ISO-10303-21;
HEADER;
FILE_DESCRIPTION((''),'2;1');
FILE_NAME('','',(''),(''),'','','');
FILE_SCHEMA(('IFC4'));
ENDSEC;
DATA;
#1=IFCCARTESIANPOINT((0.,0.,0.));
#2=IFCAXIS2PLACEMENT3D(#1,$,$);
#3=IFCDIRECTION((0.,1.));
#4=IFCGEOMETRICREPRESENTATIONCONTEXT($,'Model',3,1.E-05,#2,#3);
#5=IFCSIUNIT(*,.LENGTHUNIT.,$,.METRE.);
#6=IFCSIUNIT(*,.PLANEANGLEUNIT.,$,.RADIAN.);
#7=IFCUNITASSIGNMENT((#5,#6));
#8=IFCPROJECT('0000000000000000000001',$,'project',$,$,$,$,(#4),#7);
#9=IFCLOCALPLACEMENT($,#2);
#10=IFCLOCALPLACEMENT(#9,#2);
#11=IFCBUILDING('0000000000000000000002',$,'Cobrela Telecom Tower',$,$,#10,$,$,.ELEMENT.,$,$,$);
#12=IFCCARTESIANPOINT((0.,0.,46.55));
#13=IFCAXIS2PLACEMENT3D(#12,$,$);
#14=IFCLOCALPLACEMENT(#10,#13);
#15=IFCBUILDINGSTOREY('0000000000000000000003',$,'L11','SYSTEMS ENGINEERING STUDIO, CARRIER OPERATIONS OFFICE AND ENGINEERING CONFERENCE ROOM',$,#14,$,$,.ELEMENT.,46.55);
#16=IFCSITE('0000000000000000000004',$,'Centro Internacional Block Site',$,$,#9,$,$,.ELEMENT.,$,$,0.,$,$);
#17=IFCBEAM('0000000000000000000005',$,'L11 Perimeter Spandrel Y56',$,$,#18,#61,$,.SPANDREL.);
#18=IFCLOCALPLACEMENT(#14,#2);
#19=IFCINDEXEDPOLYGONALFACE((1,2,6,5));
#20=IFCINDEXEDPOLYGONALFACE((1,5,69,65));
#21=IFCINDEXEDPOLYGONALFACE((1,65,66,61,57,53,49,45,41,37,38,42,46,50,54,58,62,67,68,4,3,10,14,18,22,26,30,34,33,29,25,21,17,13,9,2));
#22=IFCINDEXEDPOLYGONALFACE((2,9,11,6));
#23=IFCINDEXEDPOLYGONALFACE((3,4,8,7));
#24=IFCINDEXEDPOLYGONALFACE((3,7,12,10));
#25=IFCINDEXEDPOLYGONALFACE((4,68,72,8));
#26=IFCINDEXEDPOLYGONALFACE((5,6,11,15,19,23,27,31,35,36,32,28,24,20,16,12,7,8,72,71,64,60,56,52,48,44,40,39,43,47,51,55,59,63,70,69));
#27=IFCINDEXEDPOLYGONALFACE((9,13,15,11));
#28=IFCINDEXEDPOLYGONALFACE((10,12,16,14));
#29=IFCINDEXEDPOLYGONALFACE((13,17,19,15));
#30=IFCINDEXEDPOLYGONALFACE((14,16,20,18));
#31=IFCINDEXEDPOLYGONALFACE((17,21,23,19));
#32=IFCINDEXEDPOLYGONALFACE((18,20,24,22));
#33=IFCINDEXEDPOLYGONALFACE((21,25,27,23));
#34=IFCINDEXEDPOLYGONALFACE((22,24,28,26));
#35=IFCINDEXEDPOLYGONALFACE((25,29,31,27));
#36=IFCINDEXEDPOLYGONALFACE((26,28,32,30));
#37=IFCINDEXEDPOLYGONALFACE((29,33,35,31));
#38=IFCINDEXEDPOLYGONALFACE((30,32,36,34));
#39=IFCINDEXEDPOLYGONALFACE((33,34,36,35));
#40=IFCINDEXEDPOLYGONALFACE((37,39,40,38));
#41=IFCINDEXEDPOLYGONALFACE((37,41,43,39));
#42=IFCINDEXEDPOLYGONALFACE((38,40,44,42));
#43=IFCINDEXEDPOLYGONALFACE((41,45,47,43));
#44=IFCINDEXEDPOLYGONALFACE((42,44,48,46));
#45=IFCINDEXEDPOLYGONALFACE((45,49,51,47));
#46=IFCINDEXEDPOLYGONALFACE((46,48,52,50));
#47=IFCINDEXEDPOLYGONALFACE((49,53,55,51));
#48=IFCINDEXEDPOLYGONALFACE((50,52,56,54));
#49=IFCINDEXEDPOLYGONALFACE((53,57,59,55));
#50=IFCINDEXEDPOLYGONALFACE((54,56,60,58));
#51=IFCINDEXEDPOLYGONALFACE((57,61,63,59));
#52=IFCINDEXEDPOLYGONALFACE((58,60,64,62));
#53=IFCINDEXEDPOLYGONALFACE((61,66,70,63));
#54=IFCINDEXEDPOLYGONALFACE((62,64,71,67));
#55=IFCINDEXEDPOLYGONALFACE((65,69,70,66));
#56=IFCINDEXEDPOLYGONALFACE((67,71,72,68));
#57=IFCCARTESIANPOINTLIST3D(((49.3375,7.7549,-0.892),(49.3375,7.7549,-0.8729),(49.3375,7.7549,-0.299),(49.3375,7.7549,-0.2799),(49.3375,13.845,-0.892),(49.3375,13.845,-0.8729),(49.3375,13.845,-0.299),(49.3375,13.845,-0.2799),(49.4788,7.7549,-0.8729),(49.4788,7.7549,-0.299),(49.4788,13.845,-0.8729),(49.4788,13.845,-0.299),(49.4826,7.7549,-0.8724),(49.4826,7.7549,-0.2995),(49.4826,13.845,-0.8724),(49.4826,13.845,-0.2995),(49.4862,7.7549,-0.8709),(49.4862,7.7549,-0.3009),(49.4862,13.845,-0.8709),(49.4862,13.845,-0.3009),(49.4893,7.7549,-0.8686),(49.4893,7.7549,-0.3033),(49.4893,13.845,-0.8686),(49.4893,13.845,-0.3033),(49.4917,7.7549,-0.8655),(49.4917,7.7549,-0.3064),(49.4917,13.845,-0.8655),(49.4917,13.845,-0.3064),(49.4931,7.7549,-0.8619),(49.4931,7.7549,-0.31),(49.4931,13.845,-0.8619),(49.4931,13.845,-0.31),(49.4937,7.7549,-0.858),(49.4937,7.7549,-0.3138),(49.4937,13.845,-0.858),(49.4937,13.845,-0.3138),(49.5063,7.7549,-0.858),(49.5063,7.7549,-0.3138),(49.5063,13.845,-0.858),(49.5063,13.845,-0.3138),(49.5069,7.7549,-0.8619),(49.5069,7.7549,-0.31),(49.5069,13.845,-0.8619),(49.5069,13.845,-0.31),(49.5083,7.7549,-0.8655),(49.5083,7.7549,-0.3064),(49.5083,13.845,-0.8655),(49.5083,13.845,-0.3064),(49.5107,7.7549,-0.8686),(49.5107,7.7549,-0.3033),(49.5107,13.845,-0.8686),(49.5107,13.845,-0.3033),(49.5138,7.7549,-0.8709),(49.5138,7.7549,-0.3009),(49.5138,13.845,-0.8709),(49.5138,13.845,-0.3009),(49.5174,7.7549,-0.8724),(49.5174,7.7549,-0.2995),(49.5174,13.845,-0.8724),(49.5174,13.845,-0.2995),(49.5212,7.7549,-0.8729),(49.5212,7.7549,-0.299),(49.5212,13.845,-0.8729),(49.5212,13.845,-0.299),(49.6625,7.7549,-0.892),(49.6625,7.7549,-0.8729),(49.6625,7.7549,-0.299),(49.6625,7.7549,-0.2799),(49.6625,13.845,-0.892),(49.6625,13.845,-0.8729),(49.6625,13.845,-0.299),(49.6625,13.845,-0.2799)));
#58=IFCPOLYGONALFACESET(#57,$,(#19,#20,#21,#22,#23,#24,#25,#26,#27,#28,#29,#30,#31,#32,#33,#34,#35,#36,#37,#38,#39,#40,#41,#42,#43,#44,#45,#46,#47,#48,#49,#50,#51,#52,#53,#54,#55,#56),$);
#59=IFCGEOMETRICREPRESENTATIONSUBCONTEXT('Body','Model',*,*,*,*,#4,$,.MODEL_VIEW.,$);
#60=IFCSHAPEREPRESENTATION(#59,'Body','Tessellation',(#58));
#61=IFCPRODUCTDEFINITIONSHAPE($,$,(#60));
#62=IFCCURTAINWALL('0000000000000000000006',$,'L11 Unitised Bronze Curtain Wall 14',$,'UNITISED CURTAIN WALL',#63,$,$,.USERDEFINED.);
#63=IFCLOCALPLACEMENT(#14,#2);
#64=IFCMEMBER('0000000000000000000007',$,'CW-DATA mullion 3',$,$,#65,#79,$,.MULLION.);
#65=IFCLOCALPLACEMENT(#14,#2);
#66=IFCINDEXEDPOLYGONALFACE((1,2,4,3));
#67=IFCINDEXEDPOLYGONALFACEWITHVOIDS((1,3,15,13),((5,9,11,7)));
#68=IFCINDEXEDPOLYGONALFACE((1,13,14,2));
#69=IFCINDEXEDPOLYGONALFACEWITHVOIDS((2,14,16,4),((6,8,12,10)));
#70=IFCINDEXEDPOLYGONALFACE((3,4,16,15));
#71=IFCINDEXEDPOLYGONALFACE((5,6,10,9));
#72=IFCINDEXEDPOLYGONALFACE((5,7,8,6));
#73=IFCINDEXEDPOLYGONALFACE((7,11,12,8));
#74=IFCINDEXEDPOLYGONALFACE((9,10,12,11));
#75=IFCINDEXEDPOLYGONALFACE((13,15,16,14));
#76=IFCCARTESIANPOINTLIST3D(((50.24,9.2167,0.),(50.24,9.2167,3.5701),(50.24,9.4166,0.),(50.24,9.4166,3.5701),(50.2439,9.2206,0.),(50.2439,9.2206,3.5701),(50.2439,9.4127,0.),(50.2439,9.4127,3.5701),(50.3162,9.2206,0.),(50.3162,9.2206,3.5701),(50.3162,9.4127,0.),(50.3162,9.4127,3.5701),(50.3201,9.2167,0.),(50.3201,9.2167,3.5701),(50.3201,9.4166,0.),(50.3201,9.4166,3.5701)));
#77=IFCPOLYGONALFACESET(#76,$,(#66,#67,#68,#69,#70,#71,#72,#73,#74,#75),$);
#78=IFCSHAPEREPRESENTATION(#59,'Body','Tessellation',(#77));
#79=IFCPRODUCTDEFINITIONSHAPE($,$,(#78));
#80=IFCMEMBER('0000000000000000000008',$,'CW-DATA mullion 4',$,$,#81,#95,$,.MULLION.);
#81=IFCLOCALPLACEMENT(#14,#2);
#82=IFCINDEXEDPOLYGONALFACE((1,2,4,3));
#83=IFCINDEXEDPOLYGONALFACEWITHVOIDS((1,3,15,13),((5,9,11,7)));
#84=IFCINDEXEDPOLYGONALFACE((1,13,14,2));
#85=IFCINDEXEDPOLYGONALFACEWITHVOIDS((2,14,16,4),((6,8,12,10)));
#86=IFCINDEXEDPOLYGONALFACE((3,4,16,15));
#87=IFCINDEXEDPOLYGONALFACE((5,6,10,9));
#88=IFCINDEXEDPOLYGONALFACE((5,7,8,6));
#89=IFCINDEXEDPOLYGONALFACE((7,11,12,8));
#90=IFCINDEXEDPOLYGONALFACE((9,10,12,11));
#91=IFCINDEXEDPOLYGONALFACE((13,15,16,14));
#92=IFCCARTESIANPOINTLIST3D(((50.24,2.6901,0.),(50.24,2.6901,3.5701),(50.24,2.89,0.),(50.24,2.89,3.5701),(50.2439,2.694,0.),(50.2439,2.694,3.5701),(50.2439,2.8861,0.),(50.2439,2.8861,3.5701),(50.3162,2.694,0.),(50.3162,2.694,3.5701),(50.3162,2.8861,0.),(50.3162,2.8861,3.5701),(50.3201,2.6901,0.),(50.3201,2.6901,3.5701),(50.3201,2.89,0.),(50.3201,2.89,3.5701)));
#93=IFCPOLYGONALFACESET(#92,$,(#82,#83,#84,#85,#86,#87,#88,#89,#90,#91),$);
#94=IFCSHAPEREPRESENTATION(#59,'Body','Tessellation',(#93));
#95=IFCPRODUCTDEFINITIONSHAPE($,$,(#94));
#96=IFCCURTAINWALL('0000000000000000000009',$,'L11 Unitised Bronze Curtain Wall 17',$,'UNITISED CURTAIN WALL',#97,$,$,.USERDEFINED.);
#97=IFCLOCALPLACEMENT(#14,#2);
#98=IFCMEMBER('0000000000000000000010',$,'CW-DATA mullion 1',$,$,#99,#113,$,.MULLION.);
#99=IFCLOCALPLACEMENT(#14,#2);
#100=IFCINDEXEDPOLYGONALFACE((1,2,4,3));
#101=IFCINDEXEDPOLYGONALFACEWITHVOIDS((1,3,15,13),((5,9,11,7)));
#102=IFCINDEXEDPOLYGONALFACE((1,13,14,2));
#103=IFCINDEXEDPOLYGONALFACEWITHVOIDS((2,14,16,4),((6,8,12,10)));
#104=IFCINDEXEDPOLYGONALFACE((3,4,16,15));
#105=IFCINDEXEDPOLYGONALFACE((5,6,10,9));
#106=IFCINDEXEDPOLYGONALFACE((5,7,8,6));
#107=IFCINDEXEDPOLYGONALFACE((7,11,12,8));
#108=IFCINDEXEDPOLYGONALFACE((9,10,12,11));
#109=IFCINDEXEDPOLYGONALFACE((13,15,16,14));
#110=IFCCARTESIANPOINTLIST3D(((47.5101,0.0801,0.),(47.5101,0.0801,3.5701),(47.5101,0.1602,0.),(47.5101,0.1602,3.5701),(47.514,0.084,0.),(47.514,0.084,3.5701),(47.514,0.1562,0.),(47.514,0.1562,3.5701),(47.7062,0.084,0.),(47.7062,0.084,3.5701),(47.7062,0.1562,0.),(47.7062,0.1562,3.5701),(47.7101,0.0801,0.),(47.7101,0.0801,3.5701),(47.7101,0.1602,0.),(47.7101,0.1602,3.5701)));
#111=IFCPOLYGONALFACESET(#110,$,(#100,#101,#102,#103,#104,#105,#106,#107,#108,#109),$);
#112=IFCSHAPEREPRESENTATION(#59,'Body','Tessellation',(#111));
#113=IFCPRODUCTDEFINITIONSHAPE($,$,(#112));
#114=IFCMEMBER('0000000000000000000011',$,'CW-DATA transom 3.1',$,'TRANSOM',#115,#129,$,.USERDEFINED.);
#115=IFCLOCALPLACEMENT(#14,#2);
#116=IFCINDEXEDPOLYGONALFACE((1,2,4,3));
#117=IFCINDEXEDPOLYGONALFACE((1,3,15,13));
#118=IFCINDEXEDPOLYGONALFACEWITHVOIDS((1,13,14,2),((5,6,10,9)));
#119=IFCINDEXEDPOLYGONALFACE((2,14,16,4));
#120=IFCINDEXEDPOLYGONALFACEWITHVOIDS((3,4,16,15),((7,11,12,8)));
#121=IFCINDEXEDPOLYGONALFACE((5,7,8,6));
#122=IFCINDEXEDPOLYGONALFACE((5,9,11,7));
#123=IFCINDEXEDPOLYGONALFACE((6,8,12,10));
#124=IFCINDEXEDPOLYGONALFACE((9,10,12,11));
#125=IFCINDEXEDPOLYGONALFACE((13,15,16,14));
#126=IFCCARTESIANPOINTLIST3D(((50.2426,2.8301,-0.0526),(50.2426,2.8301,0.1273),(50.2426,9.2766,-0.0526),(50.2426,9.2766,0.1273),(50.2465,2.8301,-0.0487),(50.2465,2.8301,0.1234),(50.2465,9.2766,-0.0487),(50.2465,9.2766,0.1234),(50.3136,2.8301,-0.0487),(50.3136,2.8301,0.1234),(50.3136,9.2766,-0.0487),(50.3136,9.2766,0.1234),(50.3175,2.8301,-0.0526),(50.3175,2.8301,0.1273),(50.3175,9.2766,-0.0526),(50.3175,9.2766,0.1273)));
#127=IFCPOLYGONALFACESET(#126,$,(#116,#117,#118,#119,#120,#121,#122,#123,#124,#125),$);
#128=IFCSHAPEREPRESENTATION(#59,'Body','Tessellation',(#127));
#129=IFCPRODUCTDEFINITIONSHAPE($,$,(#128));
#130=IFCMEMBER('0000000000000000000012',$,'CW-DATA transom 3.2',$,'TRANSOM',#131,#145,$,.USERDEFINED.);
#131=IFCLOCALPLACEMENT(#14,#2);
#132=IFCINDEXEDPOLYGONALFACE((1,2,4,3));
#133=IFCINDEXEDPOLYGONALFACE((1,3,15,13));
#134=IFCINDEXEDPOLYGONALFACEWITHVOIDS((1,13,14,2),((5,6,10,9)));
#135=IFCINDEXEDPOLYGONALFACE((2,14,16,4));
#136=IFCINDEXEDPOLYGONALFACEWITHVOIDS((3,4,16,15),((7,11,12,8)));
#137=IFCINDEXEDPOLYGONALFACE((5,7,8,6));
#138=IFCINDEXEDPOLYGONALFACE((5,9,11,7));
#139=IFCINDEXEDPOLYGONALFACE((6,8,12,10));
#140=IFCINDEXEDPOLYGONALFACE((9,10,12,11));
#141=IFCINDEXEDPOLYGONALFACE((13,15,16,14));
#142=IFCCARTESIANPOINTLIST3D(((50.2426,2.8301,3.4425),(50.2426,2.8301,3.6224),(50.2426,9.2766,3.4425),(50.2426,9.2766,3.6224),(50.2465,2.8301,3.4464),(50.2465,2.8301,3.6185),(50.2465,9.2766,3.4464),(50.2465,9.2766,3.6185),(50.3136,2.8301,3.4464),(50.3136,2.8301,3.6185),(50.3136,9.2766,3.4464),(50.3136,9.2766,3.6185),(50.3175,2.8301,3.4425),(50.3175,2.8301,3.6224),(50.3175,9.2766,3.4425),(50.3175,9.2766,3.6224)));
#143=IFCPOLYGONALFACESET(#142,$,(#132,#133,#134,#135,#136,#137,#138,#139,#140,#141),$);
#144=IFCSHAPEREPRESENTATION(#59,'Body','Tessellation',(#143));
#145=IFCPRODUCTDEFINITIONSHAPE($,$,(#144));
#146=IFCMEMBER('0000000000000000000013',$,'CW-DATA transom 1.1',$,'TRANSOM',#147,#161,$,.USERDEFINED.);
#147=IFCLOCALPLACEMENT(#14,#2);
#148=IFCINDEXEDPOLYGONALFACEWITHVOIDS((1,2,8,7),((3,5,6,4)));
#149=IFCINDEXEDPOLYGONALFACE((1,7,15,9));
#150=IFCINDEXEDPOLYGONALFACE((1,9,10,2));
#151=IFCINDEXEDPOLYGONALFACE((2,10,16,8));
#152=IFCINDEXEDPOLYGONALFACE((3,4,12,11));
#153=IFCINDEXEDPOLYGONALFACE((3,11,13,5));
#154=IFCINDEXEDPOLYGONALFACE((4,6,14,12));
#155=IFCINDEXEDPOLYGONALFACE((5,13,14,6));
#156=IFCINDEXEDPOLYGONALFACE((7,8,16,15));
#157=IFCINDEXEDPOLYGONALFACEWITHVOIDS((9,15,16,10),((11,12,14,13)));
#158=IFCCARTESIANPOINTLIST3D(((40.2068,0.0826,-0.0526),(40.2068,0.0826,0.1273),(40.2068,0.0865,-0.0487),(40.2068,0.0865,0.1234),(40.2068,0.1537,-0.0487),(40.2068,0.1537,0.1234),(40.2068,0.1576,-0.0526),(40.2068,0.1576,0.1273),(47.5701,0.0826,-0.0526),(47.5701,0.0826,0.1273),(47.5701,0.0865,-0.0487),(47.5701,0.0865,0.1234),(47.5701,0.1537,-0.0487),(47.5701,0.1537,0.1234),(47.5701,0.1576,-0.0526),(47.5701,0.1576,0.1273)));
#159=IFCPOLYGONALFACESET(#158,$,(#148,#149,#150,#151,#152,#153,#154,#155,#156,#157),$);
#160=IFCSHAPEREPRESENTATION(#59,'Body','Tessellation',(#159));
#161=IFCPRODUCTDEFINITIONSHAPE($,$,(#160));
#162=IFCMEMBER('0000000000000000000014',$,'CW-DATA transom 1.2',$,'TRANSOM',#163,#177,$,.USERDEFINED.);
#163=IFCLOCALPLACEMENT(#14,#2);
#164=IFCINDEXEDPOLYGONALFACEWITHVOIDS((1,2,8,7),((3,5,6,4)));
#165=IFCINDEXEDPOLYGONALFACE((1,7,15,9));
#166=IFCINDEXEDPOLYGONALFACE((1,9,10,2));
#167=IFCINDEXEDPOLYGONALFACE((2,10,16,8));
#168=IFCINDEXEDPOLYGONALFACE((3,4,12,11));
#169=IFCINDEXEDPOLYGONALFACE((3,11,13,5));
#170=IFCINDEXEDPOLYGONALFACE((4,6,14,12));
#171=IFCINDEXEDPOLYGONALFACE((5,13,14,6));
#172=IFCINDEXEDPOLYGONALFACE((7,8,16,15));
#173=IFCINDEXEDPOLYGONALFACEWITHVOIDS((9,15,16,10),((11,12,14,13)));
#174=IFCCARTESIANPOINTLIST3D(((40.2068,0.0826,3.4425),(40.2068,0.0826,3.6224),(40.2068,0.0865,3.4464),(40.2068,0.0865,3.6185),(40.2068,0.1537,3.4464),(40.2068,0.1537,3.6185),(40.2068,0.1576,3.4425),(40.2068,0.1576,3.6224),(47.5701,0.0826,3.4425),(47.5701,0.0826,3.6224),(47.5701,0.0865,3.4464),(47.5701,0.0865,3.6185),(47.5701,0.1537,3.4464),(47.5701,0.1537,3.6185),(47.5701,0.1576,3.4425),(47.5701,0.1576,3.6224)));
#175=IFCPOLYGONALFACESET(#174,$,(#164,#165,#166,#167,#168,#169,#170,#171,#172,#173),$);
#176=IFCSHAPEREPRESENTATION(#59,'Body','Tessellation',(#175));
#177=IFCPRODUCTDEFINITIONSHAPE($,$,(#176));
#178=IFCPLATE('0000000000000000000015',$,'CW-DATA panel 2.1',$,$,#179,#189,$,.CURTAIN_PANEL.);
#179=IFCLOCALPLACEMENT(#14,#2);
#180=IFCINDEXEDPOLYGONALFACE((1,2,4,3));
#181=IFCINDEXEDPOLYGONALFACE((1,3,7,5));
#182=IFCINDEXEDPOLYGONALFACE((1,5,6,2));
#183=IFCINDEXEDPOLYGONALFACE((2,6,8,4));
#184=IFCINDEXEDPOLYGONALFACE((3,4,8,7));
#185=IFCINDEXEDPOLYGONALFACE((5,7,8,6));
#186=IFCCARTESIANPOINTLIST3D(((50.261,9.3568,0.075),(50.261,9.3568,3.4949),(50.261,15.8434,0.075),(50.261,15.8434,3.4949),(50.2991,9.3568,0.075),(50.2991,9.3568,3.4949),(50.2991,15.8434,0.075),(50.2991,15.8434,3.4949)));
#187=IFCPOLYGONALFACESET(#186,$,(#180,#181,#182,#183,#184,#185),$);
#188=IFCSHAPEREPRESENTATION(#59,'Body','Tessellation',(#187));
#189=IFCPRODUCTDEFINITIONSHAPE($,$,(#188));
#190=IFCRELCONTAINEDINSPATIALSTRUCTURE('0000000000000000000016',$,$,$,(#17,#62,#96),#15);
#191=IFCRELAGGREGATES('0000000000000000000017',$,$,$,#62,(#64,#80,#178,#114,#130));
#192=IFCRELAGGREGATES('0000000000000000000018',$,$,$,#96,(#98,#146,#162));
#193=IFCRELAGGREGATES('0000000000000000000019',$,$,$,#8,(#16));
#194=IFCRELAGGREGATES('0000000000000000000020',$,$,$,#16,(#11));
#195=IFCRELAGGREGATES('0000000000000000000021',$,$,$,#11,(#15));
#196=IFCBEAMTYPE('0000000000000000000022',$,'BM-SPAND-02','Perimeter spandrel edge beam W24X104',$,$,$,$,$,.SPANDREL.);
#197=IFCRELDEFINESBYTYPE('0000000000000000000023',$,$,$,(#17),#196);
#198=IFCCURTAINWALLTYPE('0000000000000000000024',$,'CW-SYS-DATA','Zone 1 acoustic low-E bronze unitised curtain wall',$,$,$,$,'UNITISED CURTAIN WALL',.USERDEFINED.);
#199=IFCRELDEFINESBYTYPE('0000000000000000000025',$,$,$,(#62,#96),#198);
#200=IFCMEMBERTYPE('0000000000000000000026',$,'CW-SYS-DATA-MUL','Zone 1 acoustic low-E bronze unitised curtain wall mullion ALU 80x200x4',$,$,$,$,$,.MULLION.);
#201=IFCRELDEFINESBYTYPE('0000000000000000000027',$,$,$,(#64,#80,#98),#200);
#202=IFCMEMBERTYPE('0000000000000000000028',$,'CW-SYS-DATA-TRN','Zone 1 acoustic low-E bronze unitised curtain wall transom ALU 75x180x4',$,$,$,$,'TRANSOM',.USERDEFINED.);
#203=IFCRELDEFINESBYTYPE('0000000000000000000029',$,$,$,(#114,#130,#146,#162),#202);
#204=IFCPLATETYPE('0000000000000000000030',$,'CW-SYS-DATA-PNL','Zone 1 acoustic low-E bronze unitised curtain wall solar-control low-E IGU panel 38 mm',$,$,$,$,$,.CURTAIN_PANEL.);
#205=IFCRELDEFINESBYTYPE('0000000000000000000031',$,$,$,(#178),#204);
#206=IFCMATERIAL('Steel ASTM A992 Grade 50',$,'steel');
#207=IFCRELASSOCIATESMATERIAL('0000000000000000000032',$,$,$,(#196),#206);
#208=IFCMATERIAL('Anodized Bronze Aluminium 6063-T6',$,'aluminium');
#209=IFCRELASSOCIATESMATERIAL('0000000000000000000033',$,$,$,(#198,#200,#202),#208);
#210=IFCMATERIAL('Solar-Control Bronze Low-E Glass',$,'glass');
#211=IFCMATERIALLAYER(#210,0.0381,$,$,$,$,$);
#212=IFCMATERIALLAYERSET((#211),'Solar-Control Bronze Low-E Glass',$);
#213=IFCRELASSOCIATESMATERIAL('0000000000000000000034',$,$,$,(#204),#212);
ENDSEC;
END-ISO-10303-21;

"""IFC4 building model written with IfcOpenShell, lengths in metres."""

from ifc_helpers import new_model, si_unit, direction, frame, origin, origin_2d, place, context, subcontext, project, spatial, rectangle, hollow_rectangle, i_section, extrude, material, layer, layer_set, material_profile, profile_set, type_object, element, aggregate, save


model = new_model("IFC4")

# Units and contexts
model_context = context("Model", 3, precision=1e-05, world=origin(), true_north=direction((0.0, 1.0)))
body_context = subcontext(model_context, "Body", "Model", "MODEL_VIEW")
ifc_project = project(units=[si_unit("LENGTHUNIT", "METRE"), si_unit("PLANEANGLEUNIT", "RADIAN")], contexts=[model_context])

# Site, building, storey
site_placement = place(None, origin())
site = spatial("IfcSite", under=ifc_project, at=site_placement, Name="Centro Internacional Block Site", CompositionType="ELEMENT", RefElevation=0.0)
building_placement = place(site_placement, origin())
building = spatial("IfcBuilding", under=site, at=building_placement, Name="Cobrela Telecom Tower", CompositionType="ELEMENT")
storey_placement = place(building_placement, frame((0.0, 0.0, 46.55)))
storey = spatial("IfcBuildingStorey", under=building, at=storey_placement, Name="L11", Description="SYSTEMS ENGINEERING STUDIO, CARRIER OPERATIONS OFFICE AND ENGINEERING CONFERENCE ROOM", CompositionType="ELEMENT", Elevation=46.55)

# Shared definitions
ifc_material_1 = material(Name="Steel ASTM A992 Grade 50", Category="steel")

# Beam
ifc_material_profile_1 = material_profile(ifc_material_1, i_section(OverallWidth=0.325, OverallDepth=0.6121, WebThickness=0.0127, FlangeThickness=0.019, FilletRadius=0.0149, at=origin_2d()), Name="W24X104")
ifc_profile_set_1 = profile_set([ifc_material_profile_1], Name="Steel ASTM A992 Grade 50")
beam_type_1 = type_object("IfcBeamType", Name="BM-SPAND-02", Description="Perimeter spandrel edge beam W24X104", PredefinedType="SPANDREL", material=ifc_profile_set_1)
beam_1_placement = place(storey_placement, frame((49.5, 7.7549, -0.5859), z_axis=(0.0, 1.0, 0.0), x_axis=(-1.0, 0.0, 0.0)))
element("IfcBeam", 1, at=beam_1_placement, inside=storey, type_object=beam_type_1, Name="L11 Perimeter Spandrel Y56", PredefinedType="SPANDREL", context=body_context, shape_type="SweptSolid", body=[
    extrude(i_section(OverallWidth=0.325, OverallDepth=0.6121, WebThickness=0.0127, FlangeThickness=0.019, FilletRadius=0.0149, at=origin_2d()), origin(), (0.0, 0.0, 1.0), 6.0901),
])

# Curtain wall, members
ifc_material_2 = material(Name="Anodized Bronze Aluminium 6063-T6", Category="aluminium")
curtain_wall_type = type_object("IfcCurtainWallType", Name="CW-SYS-DATA", Description="Zone 1 acoustic low-E bronze unitised curtain wall", ElementType="UNITISED CURTAIN WALL", PredefinedType="USERDEFINED", material=ifc_material_2)
curtain_wall_1_placement = place(storey_placement, origin())
curtain_wall_1 = element("IfcCurtainWall", 2, at=curtain_wall_1_placement, inside=storey, type_object=curtain_wall_type, Name="L11 Unitised Bronze Curtain Wall 14", ObjectType="UNITISED CURTAIN WALL", PredefinedType="USERDEFINED")
ifc_material_profile_2 = material_profile(ifc_material_2, hollow_rectangle(XDim=0.0801, YDim=0.2, WallThickness=0.0039, at=origin_2d()), Name="ALU 80x200x4")
ifc_profile_set_2 = profile_set([ifc_material_profile_2], Name="Anodized Bronze Aluminium 6063-T6")
member_type_1 = type_object("IfcMemberType", Name="CW-SYS-DATA-MUL", Description="Zone 1 acoustic low-E bronze unitised curtain wall mullion ALU 80x200x4", PredefinedType="MULLION", material=ifc_profile_set_2)
member_1_placement = place(storey_placement, frame((50.28, 9.3167, 0.0), z_axis=(0.0, 0.0, 1.0), x_axis=(1.0, 0.0, 0.0)))
member_1 = element("IfcMember", 3, at=member_1_placement, type_object=member_type_1, Name="CW-DATA mullion 3", PredefinedType="MULLION", context=body_context, shape_type="SweptSolid", body=[
    extrude(hollow_rectangle(XDim=0.0801, YDim=0.2, WallThickness=0.0039, at=origin_2d()), origin(), (0.0, 0.0, 1.0), 3.5701),
])
member_2_placement = place(storey_placement, frame((50.28, 2.79, 0.0), z_axis=(0.0, 0.0, 1.0), x_axis=(1.0, 0.0, 0.0)))
member_2 = element("IfcMember", 4, at=member_2_placement, type_object=member_type_1, Name="CW-DATA mullion 4", PredefinedType="MULLION", context=body_context, shape_type="SweptSolid", body=[
    extrude(hollow_rectangle(XDim=0.0801, YDim=0.2, WallThickness=0.0039, at=origin_2d()), origin(), (0.0, 0.0, 1.0), 3.5701),
])

# Curtain wall, member
curtain_wall_2_placement = place(storey_placement, origin())
curtain_wall_2 = element("IfcCurtainWall", 5, at=curtain_wall_2_placement, inside=storey, type_object=curtain_wall_type, Name="L11 Unitised Bronze Curtain Wall 17", ObjectType="UNITISED CURTAIN WALL", PredefinedType="USERDEFINED")
member_3_placement = place(storey_placement, frame((47.6101, 0.1201, 0.0), z_axis=(0.0, 0.0, 1.0), x_axis=(0.0, -1.0, 0.0)))
member_3 = element("IfcMember", 6, at=member_3_placement, type_object=member_type_1, Name="CW-DATA mullion 1", PredefinedType="MULLION", context=body_context, shape_type="SweptSolid", body=[
    extrude(hollow_rectangle(XDim=0.0801, YDim=0.2, WallThickness=0.0039, at=origin_2d()), origin(), (0.0, 0.0, 1.0), 3.5701),
])

# Members
ifc_material_profile_3 = material_profile(ifc_material_2, hollow_rectangle(XDim=0.075, YDim=0.1799, WallThickness=0.0039, at=origin_2d()), Name="ALU 75x180x4")
ifc_profile_set_3 = profile_set([ifc_material_profile_3], Name="Anodized Bronze Aluminium 6063-T6")
member_type_2 = type_object("IfcMemberType", Name="CW-SYS-DATA-TRN", Description="Zone 1 acoustic low-E bronze unitised curtain wall transom ALU 75x180x4", ElementType="TRANSOM", PredefinedType="USERDEFINED", material=ifc_profile_set_3)
member_4_placement = place(storey_placement, frame((50.28, 9.2766, 0.0374), z_axis=(0.0, -1.0, 0.0), x_axis=(1.0, 0.0, 0.0)))
member_4 = element("IfcMember", 7, at=member_4_placement, type_object=member_type_2, Name="CW-DATA transom 3.1", ObjectType="TRANSOM", PredefinedType="USERDEFINED", context=body_context, shape_type="SweptSolid", body=[
    extrude(hollow_rectangle(XDim=0.075, YDim=0.1799, WallThickness=0.0039, at=origin_2d()), origin(), (0.0, 0.0, 1.0), 6.4465),
])
member_5_placement = place(storey_placement, frame((50.28, 9.2766, 3.5325), z_axis=(0.0, -1.0, 0.0), x_axis=(1.0, 0.0, 0.0)))
member_5 = element("IfcMember", 8, at=member_5_placement, type_object=member_type_2, Name="CW-DATA transom 3.2", ObjectType="TRANSOM", PredefinedType="USERDEFINED", context=body_context, shape_type="SweptSolid", body=[
    extrude(hollow_rectangle(XDim=0.075, YDim=0.1799, WallThickness=0.0039, at=origin_2d()), origin(), (0.0, 0.0, 1.0), 6.4465),
])
member_6_placement = place(storey_placement, frame((47.5701, 0.1201, 0.0374), z_axis=(-1.0, 0.0, 0.0), x_axis=(0.0, -1.0, 0.0)))
member_6 = element("IfcMember", 9, at=member_6_placement, type_object=member_type_2, Name="CW-DATA transom 1.1", ObjectType="TRANSOM", PredefinedType="USERDEFINED", context=body_context, shape_type="SweptSolid", body=[
    extrude(hollow_rectangle(XDim=0.075, YDim=0.1799, WallThickness=0.0039, at=origin_2d()), origin(), (0.0, 0.0, 1.0), 7.3633),
])
member_7_placement = place(storey_placement, frame((47.5701, 0.1201, 3.5325), z_axis=(-1.0, 0.0, 0.0), x_axis=(0.0, -1.0, 0.0)))
member_7 = element("IfcMember", 10, at=member_7_placement, type_object=member_type_2, Name="CW-DATA transom 1.2", ObjectType="TRANSOM", PredefinedType="USERDEFINED", context=body_context, shape_type="SweptSolid", body=[
    extrude(hollow_rectangle(XDim=0.075, YDim=0.1799, WallThickness=0.0039, at=origin_2d()), origin(), (0.0, 0.0, 1.0), 7.3633),
])

# Plate
ifc_material_3 = material(Name="Solar-Control Bronze Low-E Glass", Category="glass")
ifc_layer_1 = layer(ifc_material_3, 0.0381)
ifc_layer_set_1 = layer_set([ifc_layer_1], Name="Solar-Control Bronze Low-E Glass")
plate_type = type_object("IfcPlateType", Name="CW-SYS-DATA-PNL", Description="Zone 1 acoustic low-E bronze unitised curtain wall solar-control low-E IGU panel 38 mm", PredefinedType="CURTAIN_PANEL", material=ifc_layer_set_1)
plate_1_placement = place(storey_placement, frame((50.28, 12.6001, 0.075), z_axis=(0.0, 0.0, 1.0), x_axis=(0.0, -1.0, 0.0)))
plate_1 = element("IfcPlate", 11, at=plate_1_placement, type_object=plate_type, Name="CW-DATA panel 2.1", PredefinedType="CURTAIN_PANEL", context=body_context, shape_type="SweptSolid", body=[
    extrude(rectangle(XDim=6.4866, YDim=0.0381, at=origin_2d()), origin(), (0.0, 0.0, 1.0), 3.4199),
])
aggregate(curtain_wall_1, [member_1, member_2, plate_1, member_4, member_5])
aggregate(curtain_wall_2, [member_3, member_6, member_7])

save(model, "model.ifc")
